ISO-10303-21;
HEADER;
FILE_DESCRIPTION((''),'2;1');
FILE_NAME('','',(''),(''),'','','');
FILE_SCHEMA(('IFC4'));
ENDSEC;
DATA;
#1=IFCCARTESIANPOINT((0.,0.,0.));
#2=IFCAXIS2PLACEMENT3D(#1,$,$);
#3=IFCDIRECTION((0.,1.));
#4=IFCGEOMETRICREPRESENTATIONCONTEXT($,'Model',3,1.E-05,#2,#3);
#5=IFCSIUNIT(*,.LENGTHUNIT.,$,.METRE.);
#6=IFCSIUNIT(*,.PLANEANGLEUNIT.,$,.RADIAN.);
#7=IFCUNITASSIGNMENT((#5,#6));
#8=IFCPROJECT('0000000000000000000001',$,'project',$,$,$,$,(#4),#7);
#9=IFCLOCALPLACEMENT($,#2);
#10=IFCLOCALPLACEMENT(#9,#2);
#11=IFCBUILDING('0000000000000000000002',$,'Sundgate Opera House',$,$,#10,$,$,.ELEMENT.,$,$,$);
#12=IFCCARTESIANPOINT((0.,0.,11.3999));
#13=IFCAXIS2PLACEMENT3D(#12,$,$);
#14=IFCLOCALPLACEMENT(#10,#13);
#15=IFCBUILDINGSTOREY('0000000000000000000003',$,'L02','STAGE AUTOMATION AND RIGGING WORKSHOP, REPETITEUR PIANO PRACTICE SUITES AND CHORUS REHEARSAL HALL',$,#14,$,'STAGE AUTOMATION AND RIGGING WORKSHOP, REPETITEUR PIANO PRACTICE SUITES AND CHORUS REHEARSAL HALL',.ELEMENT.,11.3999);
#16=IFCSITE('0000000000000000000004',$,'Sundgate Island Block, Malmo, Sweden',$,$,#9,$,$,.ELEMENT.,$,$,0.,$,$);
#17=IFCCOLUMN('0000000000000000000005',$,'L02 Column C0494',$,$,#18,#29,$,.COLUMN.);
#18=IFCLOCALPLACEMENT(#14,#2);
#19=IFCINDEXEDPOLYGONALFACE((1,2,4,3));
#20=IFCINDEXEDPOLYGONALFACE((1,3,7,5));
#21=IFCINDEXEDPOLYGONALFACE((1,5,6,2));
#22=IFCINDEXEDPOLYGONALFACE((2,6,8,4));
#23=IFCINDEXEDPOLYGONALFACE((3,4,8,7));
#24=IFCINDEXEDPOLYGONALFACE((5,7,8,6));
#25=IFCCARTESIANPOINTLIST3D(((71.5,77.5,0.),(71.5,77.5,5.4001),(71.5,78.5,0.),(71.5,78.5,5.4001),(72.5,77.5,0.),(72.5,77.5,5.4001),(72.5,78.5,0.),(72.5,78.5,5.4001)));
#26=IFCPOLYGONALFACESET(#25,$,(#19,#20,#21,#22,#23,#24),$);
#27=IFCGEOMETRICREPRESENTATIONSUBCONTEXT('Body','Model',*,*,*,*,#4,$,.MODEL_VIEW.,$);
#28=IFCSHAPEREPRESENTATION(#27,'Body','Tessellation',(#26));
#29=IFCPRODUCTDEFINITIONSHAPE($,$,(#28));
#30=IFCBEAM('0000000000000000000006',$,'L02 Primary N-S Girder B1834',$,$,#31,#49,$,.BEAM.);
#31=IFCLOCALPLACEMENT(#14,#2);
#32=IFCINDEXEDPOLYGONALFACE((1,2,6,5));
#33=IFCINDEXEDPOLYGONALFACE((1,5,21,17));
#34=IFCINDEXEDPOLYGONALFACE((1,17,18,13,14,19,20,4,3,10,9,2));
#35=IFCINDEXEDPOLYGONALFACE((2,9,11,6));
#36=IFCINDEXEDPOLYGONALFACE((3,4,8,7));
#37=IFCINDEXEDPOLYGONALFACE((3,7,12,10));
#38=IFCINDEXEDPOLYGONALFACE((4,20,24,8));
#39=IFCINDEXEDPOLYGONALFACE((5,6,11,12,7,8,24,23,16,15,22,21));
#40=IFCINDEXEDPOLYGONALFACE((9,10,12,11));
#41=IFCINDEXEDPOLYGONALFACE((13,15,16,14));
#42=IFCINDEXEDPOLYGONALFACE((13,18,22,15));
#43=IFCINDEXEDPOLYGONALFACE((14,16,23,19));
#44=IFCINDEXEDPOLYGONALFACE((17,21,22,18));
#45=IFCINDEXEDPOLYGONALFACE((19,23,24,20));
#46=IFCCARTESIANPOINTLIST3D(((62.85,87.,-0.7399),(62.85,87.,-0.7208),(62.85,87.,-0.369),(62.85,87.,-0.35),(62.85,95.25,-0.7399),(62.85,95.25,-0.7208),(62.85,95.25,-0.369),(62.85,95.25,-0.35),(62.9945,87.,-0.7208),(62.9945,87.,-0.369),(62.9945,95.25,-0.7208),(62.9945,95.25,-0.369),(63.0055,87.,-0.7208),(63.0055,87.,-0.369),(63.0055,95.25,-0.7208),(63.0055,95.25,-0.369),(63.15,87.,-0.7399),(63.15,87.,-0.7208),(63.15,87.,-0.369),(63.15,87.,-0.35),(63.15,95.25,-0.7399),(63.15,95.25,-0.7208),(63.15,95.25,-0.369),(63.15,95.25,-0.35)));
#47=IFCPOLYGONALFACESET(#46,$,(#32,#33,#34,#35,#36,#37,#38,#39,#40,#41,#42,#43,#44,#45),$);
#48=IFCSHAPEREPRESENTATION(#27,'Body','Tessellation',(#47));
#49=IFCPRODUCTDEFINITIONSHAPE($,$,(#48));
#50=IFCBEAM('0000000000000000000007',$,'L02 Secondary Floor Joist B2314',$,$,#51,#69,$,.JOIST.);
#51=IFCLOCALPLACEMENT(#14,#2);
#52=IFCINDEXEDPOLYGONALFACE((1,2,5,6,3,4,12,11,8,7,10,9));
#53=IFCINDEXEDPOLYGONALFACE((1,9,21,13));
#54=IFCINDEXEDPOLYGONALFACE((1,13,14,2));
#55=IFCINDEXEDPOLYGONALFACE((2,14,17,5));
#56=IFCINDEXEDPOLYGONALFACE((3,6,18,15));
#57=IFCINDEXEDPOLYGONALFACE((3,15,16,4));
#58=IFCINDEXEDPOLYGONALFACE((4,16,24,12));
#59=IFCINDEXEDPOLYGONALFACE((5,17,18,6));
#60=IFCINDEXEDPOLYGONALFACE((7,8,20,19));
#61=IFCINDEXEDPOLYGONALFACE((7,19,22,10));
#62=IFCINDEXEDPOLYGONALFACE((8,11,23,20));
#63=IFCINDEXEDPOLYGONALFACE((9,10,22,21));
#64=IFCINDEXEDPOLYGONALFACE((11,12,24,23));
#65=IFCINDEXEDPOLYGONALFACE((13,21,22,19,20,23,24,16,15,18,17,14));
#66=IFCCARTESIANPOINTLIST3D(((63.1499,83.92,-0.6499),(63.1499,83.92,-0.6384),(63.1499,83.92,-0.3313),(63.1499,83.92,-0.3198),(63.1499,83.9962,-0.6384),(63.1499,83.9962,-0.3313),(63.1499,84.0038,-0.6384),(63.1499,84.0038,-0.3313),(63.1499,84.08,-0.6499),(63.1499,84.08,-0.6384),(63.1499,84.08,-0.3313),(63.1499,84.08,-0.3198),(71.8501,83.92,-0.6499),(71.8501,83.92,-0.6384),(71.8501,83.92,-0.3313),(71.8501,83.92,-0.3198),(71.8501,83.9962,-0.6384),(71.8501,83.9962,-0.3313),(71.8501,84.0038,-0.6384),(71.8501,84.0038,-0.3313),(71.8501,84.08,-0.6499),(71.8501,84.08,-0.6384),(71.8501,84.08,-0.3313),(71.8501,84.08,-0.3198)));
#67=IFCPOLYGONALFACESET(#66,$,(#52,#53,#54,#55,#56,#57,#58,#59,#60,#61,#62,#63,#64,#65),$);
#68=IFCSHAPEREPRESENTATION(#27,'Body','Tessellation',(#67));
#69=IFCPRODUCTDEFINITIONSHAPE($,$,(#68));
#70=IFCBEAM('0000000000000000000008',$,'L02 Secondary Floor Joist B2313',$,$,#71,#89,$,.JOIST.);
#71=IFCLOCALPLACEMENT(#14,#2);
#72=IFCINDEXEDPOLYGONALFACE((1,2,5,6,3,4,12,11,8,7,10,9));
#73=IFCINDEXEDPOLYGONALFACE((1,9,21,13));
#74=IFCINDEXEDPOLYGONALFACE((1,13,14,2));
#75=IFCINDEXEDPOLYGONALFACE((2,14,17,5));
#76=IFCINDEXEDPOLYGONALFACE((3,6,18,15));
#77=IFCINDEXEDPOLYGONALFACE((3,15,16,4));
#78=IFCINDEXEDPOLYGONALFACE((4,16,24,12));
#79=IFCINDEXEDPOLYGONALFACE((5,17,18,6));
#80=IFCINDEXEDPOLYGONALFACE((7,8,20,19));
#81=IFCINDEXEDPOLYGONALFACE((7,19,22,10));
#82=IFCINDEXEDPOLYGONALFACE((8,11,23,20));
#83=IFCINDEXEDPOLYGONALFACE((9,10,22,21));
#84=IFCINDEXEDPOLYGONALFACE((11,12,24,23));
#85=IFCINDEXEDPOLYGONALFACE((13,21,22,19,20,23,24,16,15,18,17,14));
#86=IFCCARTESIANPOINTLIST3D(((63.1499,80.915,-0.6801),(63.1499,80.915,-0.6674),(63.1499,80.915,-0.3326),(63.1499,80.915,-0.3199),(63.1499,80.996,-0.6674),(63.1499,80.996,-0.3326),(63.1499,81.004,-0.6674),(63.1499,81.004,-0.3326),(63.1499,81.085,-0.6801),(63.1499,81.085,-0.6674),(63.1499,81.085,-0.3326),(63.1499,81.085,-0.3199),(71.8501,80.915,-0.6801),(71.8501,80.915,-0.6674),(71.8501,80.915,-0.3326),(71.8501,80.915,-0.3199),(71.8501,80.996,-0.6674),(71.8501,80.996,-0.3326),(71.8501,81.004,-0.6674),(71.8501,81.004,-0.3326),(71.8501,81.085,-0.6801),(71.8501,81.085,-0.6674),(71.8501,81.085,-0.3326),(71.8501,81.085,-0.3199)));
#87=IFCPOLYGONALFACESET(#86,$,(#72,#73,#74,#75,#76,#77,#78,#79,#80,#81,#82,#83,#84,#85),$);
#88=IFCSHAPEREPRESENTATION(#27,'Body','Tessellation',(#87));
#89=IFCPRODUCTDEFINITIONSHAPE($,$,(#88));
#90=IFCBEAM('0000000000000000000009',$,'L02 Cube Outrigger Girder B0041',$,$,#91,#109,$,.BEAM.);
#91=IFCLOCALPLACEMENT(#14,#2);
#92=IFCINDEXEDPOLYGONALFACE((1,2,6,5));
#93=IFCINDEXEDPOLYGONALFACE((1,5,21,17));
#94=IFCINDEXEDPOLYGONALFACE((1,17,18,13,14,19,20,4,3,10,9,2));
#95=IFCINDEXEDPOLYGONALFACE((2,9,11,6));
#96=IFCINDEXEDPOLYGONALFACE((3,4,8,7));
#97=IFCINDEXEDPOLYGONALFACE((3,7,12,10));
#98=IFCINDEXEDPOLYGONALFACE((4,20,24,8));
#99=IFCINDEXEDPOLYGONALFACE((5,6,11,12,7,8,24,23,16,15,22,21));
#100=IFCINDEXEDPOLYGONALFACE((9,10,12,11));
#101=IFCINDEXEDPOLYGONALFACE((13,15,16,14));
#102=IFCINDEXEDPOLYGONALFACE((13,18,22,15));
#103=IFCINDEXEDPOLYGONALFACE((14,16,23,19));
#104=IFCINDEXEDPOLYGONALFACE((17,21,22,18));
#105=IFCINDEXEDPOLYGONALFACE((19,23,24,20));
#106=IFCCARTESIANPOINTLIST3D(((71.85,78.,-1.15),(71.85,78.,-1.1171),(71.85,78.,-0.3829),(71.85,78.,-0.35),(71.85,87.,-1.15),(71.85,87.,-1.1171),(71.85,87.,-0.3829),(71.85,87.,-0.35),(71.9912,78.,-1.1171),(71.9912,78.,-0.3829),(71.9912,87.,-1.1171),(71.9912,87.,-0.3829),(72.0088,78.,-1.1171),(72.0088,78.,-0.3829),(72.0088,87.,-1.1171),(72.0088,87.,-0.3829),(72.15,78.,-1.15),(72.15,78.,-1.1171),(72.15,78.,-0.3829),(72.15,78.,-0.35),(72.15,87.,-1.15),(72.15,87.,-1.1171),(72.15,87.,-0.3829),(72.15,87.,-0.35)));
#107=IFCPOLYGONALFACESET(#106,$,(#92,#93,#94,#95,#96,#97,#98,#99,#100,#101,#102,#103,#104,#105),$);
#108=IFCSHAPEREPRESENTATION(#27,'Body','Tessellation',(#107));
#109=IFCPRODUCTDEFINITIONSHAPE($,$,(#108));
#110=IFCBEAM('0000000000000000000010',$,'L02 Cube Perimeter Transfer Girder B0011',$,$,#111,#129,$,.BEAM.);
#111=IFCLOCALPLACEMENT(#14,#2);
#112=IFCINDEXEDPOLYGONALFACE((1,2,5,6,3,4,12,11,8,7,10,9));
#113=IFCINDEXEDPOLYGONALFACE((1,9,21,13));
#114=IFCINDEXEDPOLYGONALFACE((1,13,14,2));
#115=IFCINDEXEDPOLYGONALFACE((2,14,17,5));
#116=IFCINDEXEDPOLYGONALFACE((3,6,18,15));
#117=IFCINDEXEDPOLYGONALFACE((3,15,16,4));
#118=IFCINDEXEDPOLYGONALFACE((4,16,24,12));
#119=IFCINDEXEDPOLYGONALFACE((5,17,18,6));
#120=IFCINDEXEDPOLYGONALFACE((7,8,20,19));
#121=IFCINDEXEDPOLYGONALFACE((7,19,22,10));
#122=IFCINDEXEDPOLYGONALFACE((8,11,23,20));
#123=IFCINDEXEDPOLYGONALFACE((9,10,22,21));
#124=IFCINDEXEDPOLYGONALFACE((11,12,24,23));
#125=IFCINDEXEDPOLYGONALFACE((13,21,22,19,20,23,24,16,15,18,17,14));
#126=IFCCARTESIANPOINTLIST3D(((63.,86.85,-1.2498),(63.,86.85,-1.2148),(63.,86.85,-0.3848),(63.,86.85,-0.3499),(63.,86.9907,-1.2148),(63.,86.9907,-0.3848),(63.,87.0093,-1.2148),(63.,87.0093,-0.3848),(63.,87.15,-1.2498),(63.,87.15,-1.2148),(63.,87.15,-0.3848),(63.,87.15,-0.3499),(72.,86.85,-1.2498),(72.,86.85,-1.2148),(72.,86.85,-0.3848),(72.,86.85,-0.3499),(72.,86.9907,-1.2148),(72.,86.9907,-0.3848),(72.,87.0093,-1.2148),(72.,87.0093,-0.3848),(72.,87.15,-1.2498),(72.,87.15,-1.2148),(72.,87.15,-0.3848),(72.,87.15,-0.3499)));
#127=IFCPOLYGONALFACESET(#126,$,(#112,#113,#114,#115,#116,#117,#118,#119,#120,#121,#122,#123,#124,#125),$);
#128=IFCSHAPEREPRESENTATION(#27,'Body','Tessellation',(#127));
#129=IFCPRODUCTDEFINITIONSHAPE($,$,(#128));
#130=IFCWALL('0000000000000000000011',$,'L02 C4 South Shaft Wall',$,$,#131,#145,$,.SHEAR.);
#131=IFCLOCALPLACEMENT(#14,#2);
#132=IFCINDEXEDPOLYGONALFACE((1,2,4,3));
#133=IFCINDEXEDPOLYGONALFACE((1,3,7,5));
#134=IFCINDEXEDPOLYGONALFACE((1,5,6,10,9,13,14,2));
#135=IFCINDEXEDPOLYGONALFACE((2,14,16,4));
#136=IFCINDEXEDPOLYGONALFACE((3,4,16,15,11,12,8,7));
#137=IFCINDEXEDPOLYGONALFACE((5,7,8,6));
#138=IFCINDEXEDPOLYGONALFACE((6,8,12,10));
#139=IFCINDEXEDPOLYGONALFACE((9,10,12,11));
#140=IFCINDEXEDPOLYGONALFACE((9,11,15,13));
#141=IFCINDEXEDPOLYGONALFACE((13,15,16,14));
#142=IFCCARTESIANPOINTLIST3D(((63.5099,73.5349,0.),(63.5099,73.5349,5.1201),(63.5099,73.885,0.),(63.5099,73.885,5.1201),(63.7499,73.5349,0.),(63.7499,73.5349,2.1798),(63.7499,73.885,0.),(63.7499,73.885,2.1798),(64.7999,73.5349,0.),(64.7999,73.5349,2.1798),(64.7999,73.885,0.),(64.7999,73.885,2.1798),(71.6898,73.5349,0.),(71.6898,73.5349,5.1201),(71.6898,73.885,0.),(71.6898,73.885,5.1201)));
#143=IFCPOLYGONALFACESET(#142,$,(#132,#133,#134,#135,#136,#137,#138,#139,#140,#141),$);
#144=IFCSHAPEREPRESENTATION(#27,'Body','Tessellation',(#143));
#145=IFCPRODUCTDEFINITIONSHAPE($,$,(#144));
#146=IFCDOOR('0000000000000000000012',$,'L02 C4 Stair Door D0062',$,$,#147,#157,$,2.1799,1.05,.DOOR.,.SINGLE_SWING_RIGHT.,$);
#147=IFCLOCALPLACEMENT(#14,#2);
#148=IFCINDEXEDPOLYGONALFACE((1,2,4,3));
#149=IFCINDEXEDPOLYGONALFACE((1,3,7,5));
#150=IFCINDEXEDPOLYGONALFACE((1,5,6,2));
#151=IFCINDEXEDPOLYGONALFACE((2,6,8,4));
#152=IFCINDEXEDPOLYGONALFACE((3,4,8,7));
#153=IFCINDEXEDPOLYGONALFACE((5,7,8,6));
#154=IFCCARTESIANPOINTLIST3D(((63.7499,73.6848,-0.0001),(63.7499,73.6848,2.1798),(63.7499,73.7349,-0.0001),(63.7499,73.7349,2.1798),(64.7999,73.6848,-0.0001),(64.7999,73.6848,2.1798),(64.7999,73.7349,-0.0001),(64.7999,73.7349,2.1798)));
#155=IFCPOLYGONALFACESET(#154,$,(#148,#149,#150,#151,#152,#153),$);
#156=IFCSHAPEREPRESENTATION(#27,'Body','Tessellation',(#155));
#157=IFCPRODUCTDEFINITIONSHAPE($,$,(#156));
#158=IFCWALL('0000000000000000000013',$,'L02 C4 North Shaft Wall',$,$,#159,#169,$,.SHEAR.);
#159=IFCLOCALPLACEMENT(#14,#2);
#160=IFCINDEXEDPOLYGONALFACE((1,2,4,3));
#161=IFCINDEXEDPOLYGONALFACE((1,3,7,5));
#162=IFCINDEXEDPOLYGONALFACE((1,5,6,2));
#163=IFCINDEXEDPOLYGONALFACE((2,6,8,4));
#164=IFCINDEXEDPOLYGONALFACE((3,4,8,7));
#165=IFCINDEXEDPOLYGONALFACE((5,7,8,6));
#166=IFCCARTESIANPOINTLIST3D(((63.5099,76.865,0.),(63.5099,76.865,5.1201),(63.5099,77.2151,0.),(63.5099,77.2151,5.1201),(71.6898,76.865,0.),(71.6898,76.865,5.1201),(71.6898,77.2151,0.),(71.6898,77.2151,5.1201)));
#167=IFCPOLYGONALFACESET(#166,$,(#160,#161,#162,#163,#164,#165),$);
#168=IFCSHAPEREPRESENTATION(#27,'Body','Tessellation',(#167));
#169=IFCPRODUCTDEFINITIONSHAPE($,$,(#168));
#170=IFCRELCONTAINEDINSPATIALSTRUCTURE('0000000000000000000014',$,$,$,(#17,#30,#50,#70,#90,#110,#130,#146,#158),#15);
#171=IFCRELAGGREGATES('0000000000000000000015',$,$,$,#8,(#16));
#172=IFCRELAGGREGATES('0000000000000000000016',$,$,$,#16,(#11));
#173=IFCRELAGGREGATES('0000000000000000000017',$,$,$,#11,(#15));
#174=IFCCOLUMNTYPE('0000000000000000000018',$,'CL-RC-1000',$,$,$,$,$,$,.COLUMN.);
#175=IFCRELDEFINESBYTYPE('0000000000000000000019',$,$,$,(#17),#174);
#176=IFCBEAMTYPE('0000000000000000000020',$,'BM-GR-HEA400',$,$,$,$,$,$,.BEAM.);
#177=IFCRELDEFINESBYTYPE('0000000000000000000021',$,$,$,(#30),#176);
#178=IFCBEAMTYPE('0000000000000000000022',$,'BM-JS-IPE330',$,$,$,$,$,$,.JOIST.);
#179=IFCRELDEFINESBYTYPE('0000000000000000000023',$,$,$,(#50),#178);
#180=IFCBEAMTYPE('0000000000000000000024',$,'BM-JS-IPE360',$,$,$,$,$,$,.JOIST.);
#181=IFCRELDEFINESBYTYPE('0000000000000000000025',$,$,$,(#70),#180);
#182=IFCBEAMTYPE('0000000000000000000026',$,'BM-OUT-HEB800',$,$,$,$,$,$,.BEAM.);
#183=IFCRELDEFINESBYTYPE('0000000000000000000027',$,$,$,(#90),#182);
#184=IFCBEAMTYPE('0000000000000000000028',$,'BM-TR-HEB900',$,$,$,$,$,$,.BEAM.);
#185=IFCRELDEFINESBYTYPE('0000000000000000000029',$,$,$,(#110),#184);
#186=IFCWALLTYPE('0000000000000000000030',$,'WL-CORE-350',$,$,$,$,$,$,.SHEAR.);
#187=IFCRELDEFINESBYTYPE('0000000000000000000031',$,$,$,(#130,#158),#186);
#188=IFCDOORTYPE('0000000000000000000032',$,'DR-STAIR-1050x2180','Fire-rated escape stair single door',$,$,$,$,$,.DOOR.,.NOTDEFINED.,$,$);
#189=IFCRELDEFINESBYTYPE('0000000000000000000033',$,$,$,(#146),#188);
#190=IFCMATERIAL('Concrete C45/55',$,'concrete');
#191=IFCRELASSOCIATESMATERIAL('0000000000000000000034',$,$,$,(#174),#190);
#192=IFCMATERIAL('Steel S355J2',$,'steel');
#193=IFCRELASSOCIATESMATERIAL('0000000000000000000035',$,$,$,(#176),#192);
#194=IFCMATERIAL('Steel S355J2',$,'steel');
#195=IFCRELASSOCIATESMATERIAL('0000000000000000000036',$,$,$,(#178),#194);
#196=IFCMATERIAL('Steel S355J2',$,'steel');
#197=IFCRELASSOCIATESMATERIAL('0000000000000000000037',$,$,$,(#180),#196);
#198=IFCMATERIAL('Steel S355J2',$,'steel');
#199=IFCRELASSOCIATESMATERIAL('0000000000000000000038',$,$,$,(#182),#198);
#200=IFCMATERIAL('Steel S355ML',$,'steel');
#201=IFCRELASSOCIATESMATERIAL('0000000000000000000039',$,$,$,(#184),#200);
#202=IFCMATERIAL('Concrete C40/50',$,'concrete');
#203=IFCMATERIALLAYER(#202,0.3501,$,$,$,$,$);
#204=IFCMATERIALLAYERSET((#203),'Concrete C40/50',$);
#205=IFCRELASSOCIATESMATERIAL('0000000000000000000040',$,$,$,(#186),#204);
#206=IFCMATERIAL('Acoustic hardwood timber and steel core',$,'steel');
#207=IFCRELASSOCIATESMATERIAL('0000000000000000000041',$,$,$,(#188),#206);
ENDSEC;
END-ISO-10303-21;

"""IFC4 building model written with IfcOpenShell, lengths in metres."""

from ifc_helpers import new_model, si_unit, direction, frame, frame_2d, origin, origin_2d, place, context, subcontext, project, spatial, rectangle, i_section, extrude, material, layer, layer_set, material_profile, profile_set, type_object, element, fill, save


model = new_model("IFC4")

# Units and contexts
model_context = context("Model", 3, precision=1e-05, world=origin(), true_north=direction((0.0, 1.0)))
body_context = subcontext(model_context, "Body", "Model", "MODEL_VIEW")
ifc_project = project(units=[si_unit("LENGTHUNIT", "METRE"), si_unit("PLANEANGLEUNIT", "RADIAN")], contexts=[model_context])

# Site, building, storey
site_placement = place(None, origin())
site = spatial("IfcSite", under=ifc_project, at=site_placement, Name="Sundgate Island Block, Malmo, Sweden", CompositionType="ELEMENT", RefElevation=0.0)
building_placement = place(site_placement, origin())
building = spatial("IfcBuilding", under=site, at=building_placement, Name="Sundgate Opera House", CompositionType="ELEMENT")
storey_placement = place(building_placement, frame((0.0, 0.0, 11.3999)))
storey = spatial("IfcBuildingStorey", under=building, at=storey_placement, Name="L02", Description="STAGE AUTOMATION AND RIGGING WORKSHOP, REPETITEUR PIANO PRACTICE SUITES AND CHORUS REHEARSAL HALL", LongName="STAGE AUTOMATION AND RIGGING WORKSHOP, REPETITEUR PIANO PRACTICE SUITES AND CHORUS REHEARSAL HALL", CompositionType="ELEMENT", Elevation=11.3999)

# Column
ifc_material_1 = material(Name="Concrete C45/55", Category="concrete")
ifc_material_profile_1 = material_profile(ifc_material_1, rectangle(XDim=1.0, YDim=1.0, at=origin_2d()), Name="RC 1000x1000")
ifc_profile_set_1 = profile_set([ifc_material_profile_1], Name="Concrete C45/55")
column_type = type_object("IfcColumnType", Name="CL-RC-1000", PredefinedType="COLUMN", material=ifc_profile_set_1)
column_placement = place(storey_placement, frame((72.0, 78.0, 0.0), z_axis=(0.0, 0.0, 1.0), x_axis=(1.0, 0.0, 0.0)))
element("IfcColumn", 1, at=column_placement, inside=storey, type_object=column_type, Name="L02 Column C0494", PredefinedType="COLUMN", context=body_context, shape_type="SweptSolid", body=[
    extrude(rectangle(XDim=1.0, YDim=1.0, at=origin_2d()), origin(), (0.0, 0.0, 1.0), 5.4001),
])

# Beams
ifc_material_2 = material(Name="Steel S355J2", Category="steel")
ifc_material_profile_2 = material_profile(ifc_material_2, i_section(OverallWidth=0.3, OverallDepth=0.3899, WebThickness=0.011, FlangeThickness=0.019, at=origin_2d()), Name="HEA 400")
ifc_profile_set_2 = profile_set([ifc_material_profile_2], Name="Steel S355J2")
beam_type_1 = type_object("IfcBeamType", Name="BM-GR-HEA400", PredefinedType="BEAM", material=ifc_profile_set_2)
beam_1_placement = place(storey_placement, frame((63.0, 87.0, -0.5449), z_axis=(0.0, 1.0, 0.0), x_axis=(-1.0, 0.0, 0.0)))
element("IfcBeam", 2, at=beam_1_placement, inside=storey, type_object=beam_type_1, Name="L02 Primary N-S Girder B1834", PredefinedType="BEAM", context=body_context, shape_type="SweptSolid", body=[
    extrude(i_section(OverallWidth=0.3, OverallDepth=0.3899, WebThickness=0.011, FlangeThickness=0.019, at=origin_2d()), origin(), (0.0, 0.0, 1.0), 8.25),
])
ifc_material_3 = material(Name="Steel S355J2", Category="steel")
ifc_material_profile_3 = material_profile(ifc_material_3, i_section(OverallWidth=0.1599, OverallDepth=0.3301, WebThickness=0.0076, FlangeThickness=0.0115, at=origin_2d()), Name="IPE 330")
ifc_profile_set_3 = profile_set([ifc_material_profile_3], Name="Steel S355J2")
beam_type_2 = type_object("IfcBeamType", Name="BM-JS-IPE330", PredefinedType="JOIST", material=ifc_profile_set_3)
beam_2_placement = place(storey_placement, frame((63.1499, 84.0, -0.4849), z_axis=(1.0, 0.0, 0.0), x_axis=(0.0, 1.0, 0.0)))
element("IfcBeam", 3, at=beam_2_placement, inside=storey, type_object=beam_type_2, Name="L02 Secondary Floor Joist B2314", PredefinedType="JOIST", context=body_context, shape_type="SweptSolid", body=[
    extrude(i_section(OverallWidth=0.1599, OverallDepth=0.3301, WebThickness=0.0076, FlangeThickness=0.0115, at=origin_2d()), origin(), (0.0, 0.0, 1.0), 8.7002),
])
ifc_material_4 = material(Name="Steel S355J2", Category="steel")
ifc_material_profile_4 = material_profile(ifc_material_4, i_section(OverallWidth=0.1699, OverallDepth=0.3601, WebThickness=0.0081, FlangeThickness=0.0127, at=origin_2d()), Name="IPE 360")
ifc_profile_set_4 = profile_set([ifc_material_profile_4], Name="Steel S355J2")
beam_type_3 = type_object("IfcBeamType", Name="BM-JS-IPE360", PredefinedType="JOIST", material=ifc_profile_set_4)
beam_3_placement = place(storey_placement, frame((63.1499, 81.0, -0.5), z_axis=(1.0, 0.0, 0.0), x_axis=(0.0, 1.0, 0.0)))
element("IfcBeam", 4, at=beam_3_placement, inside=storey, type_object=beam_type_3, Name="L02 Secondary Floor Joist B2313", PredefinedType="JOIST", context=body_context, shape_type="SweptSolid", body=[
    extrude(i_section(OverallWidth=0.1699, OverallDepth=0.3601, WebThickness=0.0081, FlangeThickness=0.0127, at=origin_2d()), origin(), (0.0, 0.0, 1.0), 8.7002),
])
ifc_material_5 = material(Name="Steel S355J2", Category="steel")
ifc_material_profile_5 = material_profile(ifc_material_5, i_section(OverallWidth=0.3, OverallDepth=0.8, WebThickness=0.0176, FlangeThickness=0.033, at=origin_2d()), Name="HEB 800")
ifc_profile_set_5 = profile_set([ifc_material_profile_5], Name="Steel S355J2")
beam_type_4 = type_object("IfcBeamType", Name="BM-OUT-HEB800", PredefinedType="BEAM", material=ifc_profile_set_5)
beam_4_placement = place(storey_placement, frame((72.0, 78.0, -0.75), z_axis=(0.0, 1.0, 0.0), x_axis=(-1.0, 0.0, 0.0)))
element("IfcBeam", 5, at=beam_4_placement, inside=storey, type_object=beam_type_4, Name="L02 Cube Outrigger Girder B0041", PredefinedType="BEAM", context=body_context, shape_type="SweptSolid", body=[
    extrude(i_section(OverallWidth=0.3, OverallDepth=0.8, WebThickness=0.0176, FlangeThickness=0.033, at=origin_2d()), origin(), (0.0, 0.0, 1.0), 9.0),
])
ifc_material_6 = material(Name="Steel S355ML", Category="steel")
ifc_material_profile_6 = material_profile(ifc_material_6, i_section(OverallWidth=0.3, OverallDepth=0.8999, WebThickness=0.0186, FlangeThickness=0.0349, at=origin_2d()), Name="HEB 900")
ifc_profile_set_6 = profile_set([ifc_material_profile_6], Name="Steel S355ML")
beam_type_5 = type_object("IfcBeamType", Name="BM-TR-HEB900", PredefinedType="BEAM", material=ifc_profile_set_6)
beam_5_placement = place(storey_placement, frame((63.0, 87.0, -0.7998), z_axis=(1.0, 0.0, 0.0), x_axis=(0.0, 1.0, 0.0)))
element("IfcBeam", 6, at=beam_5_placement, inside=storey, type_object=beam_type_5, Name="L02 Cube Perimeter Transfer Girder B0011", PredefinedType="BEAM", context=body_context, shape_type="SweptSolid", body=[
    extrude(i_section(OverallWidth=0.3, OverallDepth=0.8999, WebThickness=0.0186, FlangeThickness=0.0349, at=origin_2d()), origin(), (0.0, 0.0, 1.0), 9.0),
])

# Wall, opening, door
ifc_material_7 = material(Name="Concrete C40/50", Category="concrete")
ifc_layer_1 = layer(ifc_material_7, 0.3501)
ifc_layer_set_1 = layer_set([ifc_layer_1], Name="Concrete C40/50")
wall_type_1 = type_object("IfcWallType", Name="WL-CORE-350", PredefinedType="SHEAR", material=ifc_layer_set_1)
wall_1_placement = place(storey_placement, frame((63.51, 73.71, 0.0), z_axis=(0.0, 0.0, 1.0), x_axis=(1.0, 0.0, 0.0)))
wall_1 = element("IfcWall", 7, at=wall_1_placement, inside=storey, type_object=wall_type_1, Name="L02 C4 South Shaft Wall", PredefinedType="SHEAR", context=body_context, shape_type="SweptSolid", body=[
    extrude(rectangle(XDim=8.1799, YDim=0.3501, at=frame_2d((4.0898, 0.0))), origin(), (0.0, 0.0, 1.0), 5.1201),
])
opening_1_placement = place(wall_1_placement, frame((0.24, 0.0, 0.0)))
opening_1 = element("IfcOpeningElement", 8, at=opening_1_placement, cuts=wall_1, PredefinedType="OPENING", context=body_context, shape_type="SweptSolid", body=[
    extrude(rectangle(XDim=1.05, YDim=2.1799, at=frame_2d((0.5249, 1.0898))), frame((0.0, 0.1851, 0.0), z_axis=(0.0, -1.0, 0.0), x_axis=(1.0, 0.0, 0.0)), (0.0, 0.0, 1.0), 0.3701),
])
ifc_material_8 = material(Name="Acoustic hardwood timber and steel core", Category="steel")
door_type = type_object("IfcDoorType", Name="DR-STAIR-1050x2180", Description="Fire-rated escape stair single door", OperationType="NOTDEFINED", PredefinedType="DOOR", material=ifc_material_8)
door_placement = place(opening_1_placement, origin())
door = element("IfcDoor", 9, at=door_placement, inside=storey, type_object=door_type, Name="L02 C4 Stair Door D0062", OperationType="SINGLE_SWING_RIGHT", OverallHeight=2.1799, OverallWidth=1.05, PredefinedType="DOOR", context=body_context, shape_type="SweptSolid", body=[
    extrude(rectangle(XDim=1.05, YDim=2.1799, at=frame_2d((0.5249, 1.0898))), frame((0.0, 0.0249, 0.0), z_axis=(0.0, -1.0, 0.0), x_axis=(1.0, 0.0, 0.0)), (0.0, 0.0, 1.0), 0.05),
])
fill(opening_1, door)

# Wall
wall_2_placement = place(storey_placement, frame((63.51, 77.04, 0.0), z_axis=(0.0, 0.0, 1.0), x_axis=(1.0, 0.0, 0.0)))
element("IfcWall", 10, at=wall_2_placement, inside=storey, type_object=wall_type_1, Name="L02 C4 North Shaft Wall", PredefinedType="SHEAR", context=body_context, shape_type="SweptSolid", body=[
    extrude(rectangle(XDim=8.1799, YDim=0.3501, at=frame_2d((4.0898, 0.0))), origin(), (0.0, 0.0, 1.0), 5.1201),
])

save(model, "model.ifc")
